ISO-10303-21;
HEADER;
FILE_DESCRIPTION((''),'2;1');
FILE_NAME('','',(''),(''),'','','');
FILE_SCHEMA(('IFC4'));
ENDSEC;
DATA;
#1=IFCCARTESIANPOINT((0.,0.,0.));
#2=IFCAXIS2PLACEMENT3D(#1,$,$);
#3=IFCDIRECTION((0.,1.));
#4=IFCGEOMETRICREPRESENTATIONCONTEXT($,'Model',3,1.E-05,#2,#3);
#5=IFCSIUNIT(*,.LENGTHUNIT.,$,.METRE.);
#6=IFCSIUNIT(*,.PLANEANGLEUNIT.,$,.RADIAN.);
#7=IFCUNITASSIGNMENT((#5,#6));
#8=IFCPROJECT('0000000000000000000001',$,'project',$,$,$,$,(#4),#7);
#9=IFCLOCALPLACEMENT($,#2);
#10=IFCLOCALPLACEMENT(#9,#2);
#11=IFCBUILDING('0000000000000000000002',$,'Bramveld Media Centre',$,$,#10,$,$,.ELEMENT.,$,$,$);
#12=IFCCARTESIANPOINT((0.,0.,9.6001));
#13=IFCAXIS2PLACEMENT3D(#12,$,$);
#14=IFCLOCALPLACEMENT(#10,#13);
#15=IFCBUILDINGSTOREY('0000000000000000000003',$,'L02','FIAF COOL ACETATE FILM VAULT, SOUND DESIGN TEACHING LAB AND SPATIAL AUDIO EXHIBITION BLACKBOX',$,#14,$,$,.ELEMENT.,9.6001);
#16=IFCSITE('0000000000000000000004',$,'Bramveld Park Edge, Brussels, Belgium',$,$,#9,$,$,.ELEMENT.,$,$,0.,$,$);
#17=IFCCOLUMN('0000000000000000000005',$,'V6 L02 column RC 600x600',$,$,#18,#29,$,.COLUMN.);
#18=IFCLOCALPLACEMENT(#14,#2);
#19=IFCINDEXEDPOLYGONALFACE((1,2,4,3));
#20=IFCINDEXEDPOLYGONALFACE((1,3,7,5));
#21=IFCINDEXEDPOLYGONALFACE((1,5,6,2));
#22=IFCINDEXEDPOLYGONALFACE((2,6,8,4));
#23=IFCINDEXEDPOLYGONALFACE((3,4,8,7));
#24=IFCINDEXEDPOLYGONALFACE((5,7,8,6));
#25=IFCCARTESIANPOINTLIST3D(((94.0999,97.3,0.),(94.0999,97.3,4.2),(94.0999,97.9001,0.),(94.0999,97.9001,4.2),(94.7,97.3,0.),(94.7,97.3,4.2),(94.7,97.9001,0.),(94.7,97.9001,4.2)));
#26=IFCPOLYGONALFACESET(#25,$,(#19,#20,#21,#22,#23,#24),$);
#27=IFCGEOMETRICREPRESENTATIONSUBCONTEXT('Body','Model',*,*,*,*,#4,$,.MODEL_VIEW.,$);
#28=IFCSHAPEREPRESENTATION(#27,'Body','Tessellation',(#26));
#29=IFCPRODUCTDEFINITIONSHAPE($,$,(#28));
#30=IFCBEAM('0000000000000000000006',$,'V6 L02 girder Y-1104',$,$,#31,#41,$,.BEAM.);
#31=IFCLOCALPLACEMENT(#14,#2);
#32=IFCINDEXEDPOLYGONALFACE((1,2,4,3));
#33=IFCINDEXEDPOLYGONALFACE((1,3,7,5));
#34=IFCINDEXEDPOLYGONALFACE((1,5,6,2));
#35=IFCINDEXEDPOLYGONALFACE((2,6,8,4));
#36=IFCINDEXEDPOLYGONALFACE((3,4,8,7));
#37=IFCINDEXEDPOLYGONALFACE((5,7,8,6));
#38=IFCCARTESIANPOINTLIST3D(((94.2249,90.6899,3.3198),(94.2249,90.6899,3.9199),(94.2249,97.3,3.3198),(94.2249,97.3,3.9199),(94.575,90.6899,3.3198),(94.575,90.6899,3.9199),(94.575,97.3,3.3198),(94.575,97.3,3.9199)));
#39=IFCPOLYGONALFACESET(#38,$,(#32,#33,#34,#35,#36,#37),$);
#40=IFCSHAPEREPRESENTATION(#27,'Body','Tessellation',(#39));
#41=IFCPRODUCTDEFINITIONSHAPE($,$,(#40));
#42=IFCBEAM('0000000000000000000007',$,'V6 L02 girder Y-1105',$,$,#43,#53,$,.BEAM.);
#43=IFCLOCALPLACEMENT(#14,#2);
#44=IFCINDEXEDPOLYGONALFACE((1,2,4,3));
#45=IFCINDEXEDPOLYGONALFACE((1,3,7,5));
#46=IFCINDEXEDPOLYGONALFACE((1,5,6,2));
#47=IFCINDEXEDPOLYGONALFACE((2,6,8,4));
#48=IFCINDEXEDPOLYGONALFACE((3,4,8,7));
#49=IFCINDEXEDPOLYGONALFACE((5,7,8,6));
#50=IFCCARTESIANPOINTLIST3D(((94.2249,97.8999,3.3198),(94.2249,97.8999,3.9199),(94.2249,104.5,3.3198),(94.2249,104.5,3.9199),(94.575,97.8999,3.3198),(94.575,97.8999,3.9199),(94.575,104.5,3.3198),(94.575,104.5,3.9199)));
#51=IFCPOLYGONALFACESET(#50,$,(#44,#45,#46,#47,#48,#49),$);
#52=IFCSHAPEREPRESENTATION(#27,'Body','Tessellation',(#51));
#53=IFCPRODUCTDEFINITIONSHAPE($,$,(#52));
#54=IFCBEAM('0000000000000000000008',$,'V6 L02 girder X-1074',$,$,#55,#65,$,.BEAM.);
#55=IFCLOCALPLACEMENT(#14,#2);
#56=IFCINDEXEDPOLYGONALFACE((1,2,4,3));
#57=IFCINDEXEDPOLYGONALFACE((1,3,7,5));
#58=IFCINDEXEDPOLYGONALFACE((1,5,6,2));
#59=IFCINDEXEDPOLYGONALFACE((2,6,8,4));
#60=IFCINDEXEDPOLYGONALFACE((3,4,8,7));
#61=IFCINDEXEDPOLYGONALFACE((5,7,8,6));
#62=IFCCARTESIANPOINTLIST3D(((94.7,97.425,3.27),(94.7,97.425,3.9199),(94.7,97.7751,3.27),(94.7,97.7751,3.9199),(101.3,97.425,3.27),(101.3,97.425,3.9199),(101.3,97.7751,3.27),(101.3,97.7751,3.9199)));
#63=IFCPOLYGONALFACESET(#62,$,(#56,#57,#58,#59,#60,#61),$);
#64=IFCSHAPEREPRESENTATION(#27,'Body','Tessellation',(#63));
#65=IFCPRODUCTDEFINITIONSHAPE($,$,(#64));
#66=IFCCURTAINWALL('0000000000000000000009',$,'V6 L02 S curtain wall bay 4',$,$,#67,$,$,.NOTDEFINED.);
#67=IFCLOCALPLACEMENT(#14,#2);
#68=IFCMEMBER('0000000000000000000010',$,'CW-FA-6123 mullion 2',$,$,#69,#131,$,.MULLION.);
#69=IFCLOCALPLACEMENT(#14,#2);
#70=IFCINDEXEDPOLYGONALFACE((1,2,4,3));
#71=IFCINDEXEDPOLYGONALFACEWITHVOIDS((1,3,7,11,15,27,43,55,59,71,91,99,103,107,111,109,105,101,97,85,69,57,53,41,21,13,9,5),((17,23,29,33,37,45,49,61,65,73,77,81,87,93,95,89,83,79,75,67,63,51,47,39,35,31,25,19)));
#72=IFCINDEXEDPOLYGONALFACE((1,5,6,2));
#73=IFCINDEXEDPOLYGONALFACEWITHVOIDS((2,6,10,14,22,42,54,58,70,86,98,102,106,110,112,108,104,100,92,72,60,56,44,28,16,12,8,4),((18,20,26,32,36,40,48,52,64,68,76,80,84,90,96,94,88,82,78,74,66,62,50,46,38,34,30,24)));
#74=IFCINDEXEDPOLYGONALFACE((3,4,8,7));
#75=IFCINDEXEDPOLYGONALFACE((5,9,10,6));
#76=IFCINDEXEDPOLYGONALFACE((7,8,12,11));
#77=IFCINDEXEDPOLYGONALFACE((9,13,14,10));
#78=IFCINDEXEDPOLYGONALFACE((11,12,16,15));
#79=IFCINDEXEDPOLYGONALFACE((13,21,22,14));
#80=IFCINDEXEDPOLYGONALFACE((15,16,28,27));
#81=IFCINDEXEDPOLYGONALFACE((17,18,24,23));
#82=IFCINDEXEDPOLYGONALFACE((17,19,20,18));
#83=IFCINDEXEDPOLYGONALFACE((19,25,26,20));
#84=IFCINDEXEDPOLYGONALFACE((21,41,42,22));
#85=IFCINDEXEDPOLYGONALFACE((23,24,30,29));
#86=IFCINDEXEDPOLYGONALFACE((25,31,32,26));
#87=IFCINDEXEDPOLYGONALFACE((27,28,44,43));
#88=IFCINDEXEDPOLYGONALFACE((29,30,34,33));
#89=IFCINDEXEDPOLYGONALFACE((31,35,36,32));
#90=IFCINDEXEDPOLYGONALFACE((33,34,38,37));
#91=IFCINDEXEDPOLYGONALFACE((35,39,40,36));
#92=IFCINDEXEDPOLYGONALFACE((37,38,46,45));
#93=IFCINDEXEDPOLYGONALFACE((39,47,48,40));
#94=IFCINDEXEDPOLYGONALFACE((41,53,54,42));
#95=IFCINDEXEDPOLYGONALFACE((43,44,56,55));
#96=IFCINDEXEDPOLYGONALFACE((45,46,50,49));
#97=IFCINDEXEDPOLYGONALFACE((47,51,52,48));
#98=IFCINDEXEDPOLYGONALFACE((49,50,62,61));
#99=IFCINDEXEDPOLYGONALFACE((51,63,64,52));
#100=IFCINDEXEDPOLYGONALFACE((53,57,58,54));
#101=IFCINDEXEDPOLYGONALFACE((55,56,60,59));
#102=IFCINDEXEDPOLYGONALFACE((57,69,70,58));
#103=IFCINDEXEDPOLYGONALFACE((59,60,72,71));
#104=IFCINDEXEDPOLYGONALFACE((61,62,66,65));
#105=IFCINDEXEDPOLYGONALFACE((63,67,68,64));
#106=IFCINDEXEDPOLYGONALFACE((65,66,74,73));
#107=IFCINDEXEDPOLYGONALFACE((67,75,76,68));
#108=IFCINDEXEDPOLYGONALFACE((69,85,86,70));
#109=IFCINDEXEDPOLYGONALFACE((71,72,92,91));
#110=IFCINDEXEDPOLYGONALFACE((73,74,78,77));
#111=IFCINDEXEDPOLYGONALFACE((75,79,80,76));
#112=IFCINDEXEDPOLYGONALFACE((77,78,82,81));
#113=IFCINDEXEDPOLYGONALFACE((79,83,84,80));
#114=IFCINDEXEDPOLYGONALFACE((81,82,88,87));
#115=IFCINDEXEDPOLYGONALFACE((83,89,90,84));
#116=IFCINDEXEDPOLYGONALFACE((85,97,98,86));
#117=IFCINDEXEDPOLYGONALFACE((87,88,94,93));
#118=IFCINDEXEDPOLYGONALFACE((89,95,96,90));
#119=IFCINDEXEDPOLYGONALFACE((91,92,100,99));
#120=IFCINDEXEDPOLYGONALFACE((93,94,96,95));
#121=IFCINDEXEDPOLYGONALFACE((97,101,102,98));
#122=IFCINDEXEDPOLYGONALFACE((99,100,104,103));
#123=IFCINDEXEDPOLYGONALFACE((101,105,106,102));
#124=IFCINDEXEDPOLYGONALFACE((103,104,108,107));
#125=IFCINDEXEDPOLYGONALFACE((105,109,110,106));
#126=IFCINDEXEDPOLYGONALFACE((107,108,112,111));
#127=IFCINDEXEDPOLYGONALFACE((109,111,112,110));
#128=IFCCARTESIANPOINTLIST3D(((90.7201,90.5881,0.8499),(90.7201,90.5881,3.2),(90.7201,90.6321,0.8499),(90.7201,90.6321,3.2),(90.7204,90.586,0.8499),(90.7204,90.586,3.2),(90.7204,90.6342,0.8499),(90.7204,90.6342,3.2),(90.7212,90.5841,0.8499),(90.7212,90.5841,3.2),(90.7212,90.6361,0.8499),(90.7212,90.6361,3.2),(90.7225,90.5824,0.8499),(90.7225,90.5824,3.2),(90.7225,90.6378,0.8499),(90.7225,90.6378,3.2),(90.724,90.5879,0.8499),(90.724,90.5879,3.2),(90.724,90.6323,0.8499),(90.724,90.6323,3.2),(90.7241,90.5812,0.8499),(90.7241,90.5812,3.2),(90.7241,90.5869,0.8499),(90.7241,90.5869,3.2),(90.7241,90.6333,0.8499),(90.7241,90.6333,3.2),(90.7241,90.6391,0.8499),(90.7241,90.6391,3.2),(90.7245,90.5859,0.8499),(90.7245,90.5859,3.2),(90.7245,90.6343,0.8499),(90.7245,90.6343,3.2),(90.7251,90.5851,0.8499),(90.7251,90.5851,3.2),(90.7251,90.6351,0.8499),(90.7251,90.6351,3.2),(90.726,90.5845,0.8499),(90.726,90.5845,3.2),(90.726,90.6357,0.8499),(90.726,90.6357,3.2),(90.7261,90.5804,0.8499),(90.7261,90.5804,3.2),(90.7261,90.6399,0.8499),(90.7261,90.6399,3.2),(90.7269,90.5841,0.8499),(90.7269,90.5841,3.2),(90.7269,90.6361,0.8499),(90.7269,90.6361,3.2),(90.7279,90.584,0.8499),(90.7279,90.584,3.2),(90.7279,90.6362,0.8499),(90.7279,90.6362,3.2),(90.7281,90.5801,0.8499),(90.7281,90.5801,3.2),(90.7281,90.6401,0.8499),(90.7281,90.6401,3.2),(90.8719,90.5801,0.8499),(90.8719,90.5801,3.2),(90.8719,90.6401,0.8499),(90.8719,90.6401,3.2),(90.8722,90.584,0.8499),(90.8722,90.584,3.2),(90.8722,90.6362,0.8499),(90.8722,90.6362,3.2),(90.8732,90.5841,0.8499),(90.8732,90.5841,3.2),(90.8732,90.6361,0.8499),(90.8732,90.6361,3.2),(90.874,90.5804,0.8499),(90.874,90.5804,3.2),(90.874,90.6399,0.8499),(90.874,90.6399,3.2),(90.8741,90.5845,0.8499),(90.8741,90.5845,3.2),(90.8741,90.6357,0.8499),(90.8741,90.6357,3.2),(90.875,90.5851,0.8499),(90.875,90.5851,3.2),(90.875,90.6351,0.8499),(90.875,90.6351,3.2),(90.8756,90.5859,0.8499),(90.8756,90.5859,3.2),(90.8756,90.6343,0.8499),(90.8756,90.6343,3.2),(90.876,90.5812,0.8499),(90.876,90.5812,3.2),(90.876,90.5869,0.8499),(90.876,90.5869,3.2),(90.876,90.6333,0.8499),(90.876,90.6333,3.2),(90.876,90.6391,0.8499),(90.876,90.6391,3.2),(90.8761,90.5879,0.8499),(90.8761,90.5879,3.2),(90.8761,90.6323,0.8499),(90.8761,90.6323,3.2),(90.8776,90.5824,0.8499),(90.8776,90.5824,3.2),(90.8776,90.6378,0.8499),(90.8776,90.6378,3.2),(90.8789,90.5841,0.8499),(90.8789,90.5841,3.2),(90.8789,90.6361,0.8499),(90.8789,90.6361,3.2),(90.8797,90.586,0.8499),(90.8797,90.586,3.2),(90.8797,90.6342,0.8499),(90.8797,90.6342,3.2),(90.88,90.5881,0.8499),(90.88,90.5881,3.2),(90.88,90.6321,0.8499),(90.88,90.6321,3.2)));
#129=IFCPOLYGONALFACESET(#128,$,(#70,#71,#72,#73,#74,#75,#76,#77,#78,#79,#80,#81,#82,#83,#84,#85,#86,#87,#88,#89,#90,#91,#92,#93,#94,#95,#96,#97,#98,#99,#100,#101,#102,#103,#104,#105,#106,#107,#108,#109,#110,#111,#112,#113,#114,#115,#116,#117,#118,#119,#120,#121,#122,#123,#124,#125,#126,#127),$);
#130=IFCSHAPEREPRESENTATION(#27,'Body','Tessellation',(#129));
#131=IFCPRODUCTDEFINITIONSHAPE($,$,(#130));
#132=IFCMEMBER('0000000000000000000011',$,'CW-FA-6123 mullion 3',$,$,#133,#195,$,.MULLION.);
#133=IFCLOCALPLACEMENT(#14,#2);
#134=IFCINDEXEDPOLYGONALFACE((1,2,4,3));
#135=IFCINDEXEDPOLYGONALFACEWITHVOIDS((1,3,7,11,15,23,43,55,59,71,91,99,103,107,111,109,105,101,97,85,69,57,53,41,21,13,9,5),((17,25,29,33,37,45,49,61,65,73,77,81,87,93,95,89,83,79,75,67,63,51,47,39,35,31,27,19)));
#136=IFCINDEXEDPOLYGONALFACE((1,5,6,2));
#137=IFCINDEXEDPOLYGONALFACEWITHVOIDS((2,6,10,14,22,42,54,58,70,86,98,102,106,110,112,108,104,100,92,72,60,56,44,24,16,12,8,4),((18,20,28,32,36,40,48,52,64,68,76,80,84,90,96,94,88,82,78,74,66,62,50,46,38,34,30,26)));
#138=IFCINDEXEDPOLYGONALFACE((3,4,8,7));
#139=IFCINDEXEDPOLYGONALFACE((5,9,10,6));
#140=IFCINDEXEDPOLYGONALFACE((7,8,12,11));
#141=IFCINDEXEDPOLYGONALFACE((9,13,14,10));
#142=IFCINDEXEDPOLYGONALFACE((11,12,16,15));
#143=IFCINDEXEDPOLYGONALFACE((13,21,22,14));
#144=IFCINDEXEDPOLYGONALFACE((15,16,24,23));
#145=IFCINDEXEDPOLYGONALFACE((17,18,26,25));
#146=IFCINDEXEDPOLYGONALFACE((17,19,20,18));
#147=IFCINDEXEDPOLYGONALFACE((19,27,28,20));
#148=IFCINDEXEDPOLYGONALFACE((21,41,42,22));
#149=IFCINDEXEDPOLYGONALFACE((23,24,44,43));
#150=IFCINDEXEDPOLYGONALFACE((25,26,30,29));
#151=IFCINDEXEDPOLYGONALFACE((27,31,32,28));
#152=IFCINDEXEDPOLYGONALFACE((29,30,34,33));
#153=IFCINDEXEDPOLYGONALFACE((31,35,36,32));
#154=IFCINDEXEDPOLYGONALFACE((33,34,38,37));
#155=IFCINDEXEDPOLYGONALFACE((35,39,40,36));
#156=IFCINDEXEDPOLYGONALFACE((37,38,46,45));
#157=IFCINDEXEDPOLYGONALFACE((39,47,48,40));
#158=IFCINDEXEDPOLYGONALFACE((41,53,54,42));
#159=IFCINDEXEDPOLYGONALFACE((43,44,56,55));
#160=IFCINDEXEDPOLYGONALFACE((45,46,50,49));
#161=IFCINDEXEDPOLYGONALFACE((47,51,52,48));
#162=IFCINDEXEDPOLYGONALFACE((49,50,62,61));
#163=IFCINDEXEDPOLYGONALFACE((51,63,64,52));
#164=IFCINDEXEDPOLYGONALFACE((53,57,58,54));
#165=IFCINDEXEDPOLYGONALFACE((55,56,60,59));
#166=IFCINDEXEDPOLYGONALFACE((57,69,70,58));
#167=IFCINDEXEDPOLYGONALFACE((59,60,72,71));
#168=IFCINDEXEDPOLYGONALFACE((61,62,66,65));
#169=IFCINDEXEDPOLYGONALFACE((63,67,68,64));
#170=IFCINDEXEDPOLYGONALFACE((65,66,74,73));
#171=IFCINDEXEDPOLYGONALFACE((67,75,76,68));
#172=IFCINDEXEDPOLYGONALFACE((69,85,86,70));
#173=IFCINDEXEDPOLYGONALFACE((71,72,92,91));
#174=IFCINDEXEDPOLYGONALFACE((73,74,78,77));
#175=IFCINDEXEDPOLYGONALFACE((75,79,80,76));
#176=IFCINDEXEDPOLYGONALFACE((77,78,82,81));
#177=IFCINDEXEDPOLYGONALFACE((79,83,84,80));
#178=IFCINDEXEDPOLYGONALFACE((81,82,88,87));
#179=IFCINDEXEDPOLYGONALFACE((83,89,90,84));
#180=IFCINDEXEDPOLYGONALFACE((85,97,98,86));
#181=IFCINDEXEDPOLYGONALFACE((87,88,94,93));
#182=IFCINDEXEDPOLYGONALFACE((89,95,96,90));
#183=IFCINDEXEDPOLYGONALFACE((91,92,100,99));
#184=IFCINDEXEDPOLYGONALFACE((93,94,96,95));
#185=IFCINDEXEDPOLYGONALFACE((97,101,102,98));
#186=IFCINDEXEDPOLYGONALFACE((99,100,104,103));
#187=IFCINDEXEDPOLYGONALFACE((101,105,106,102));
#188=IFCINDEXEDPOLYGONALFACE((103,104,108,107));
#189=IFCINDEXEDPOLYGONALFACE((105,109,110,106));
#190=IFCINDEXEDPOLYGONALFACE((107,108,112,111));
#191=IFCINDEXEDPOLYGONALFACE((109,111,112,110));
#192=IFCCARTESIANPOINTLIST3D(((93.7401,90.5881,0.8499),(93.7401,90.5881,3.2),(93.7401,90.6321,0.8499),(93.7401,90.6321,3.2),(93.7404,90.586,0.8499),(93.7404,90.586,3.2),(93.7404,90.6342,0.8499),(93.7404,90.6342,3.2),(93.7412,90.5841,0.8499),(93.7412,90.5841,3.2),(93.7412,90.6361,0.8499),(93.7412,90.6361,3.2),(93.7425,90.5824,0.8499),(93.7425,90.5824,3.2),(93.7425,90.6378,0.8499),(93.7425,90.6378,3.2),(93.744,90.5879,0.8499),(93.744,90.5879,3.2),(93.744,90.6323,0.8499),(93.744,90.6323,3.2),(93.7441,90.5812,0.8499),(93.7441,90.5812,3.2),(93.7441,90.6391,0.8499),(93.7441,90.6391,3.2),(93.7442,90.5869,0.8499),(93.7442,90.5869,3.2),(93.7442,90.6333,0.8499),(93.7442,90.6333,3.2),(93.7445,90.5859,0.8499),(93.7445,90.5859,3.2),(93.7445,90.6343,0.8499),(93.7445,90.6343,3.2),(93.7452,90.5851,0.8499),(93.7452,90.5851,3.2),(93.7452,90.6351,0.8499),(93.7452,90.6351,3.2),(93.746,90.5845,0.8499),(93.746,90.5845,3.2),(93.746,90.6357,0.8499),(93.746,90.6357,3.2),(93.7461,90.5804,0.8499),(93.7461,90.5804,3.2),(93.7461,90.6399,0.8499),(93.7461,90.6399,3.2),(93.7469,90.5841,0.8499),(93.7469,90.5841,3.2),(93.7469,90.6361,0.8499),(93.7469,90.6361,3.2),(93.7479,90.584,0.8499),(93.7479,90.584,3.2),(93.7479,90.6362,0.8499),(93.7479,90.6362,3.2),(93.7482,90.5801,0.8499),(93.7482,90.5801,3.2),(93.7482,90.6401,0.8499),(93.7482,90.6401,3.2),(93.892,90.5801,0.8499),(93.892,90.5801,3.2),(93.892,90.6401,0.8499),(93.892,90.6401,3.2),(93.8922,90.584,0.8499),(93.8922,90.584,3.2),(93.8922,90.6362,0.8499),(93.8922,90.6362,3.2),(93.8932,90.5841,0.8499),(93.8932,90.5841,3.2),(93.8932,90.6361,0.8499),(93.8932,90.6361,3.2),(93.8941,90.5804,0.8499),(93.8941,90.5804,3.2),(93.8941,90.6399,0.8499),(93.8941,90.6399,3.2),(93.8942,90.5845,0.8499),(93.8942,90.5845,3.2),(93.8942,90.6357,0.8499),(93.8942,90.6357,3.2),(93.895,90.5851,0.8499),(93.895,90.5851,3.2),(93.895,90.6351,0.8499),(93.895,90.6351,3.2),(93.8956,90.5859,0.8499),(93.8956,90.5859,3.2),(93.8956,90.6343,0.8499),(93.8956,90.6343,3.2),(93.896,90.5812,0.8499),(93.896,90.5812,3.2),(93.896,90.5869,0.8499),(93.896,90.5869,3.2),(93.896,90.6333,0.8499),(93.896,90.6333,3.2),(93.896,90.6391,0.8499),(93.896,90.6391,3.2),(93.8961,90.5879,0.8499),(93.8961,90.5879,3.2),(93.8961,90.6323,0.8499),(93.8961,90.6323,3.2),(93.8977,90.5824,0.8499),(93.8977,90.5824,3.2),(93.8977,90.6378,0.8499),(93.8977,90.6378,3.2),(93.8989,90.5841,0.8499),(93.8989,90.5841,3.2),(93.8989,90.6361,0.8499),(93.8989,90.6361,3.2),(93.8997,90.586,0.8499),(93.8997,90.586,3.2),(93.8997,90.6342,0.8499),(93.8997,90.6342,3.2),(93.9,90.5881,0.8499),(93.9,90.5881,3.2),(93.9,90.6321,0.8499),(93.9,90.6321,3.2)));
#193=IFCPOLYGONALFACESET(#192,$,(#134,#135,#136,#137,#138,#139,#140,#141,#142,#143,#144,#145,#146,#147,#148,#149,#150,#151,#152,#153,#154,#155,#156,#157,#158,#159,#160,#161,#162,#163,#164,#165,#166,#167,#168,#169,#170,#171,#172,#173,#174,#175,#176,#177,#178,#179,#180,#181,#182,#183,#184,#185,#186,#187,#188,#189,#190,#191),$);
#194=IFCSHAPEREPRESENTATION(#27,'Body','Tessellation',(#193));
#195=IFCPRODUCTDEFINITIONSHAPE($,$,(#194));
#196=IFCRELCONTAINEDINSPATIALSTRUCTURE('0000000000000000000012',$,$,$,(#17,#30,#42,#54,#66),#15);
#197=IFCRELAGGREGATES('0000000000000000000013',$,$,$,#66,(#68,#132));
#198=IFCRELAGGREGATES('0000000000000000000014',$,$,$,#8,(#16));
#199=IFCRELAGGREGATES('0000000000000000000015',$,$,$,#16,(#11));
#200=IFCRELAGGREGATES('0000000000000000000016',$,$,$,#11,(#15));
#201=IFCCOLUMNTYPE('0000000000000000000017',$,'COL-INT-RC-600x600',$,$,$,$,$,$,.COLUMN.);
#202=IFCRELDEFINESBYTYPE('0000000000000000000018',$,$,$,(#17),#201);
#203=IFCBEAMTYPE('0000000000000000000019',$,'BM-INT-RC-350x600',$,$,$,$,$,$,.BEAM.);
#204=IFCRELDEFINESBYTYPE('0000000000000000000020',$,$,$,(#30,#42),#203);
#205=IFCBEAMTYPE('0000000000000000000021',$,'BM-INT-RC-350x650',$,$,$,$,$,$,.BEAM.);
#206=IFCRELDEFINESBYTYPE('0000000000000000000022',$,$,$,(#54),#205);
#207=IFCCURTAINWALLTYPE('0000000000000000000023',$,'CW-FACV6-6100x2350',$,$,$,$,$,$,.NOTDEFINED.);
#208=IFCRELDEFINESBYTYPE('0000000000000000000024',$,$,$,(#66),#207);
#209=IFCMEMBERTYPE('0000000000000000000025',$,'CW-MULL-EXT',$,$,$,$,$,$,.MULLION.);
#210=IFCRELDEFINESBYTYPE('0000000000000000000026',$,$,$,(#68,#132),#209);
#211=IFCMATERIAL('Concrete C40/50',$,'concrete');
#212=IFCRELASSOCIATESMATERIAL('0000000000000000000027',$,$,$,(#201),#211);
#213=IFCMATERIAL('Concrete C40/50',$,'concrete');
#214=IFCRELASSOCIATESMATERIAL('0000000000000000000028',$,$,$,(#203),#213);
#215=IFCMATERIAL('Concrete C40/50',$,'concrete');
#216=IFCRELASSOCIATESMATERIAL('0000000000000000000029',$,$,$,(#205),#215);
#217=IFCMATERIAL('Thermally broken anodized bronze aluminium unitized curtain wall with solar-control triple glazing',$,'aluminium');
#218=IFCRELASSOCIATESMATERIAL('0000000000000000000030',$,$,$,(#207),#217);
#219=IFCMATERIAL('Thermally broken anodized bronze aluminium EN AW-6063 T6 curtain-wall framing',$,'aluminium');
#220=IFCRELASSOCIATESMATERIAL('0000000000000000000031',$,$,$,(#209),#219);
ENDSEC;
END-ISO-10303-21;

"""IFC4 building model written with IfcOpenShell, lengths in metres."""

from ifc_helpers import new_model, si_unit, direction, frame, origin, origin_2d, place, context, subcontext, project, spatial, rectangle, hollow_rectangle, extrude, material, material_profile, profile_set, type_object, element, aggregate, save


model = new_model("IFC4")

# Units and contexts
model_context = context("Model", 3, precision=1e-05, world=origin(), true_north=direction((0.0, 1.0)))
body_context = subcontext(model_context, "Body", "Model", "MODEL_VIEW")
ifc_project = project(units=[si_unit("LENGTHUNIT", "METRE"), si_unit("PLANEANGLEUNIT", "RADIAN")], contexts=[model_context])

# Site, building, storey
site_placement = place(None, origin())
site = spatial("IfcSite", under=ifc_project, at=site_placement, Name="Bramveld Park Edge, Brussels, Belgium", CompositionType="ELEMENT", RefElevation=0.0)
building_placement = place(site_placement, origin())
building = spatial("IfcBuilding", under=site, at=building_placement, Name="Bramveld Media Centre", CompositionType="ELEMENT")
storey_placement = place(building_placement, frame((0.0, 0.0, 9.6001)))
storey = spatial("IfcBuildingStorey", under=building, at=storey_placement, Name="L02", Description="FIAF COOL ACETATE FILM VAULT, SOUND DESIGN TEACHING LAB AND SPATIAL AUDIO EXHIBITION BLACKBOX", CompositionType="ELEMENT", Elevation=9.6001)

# Column
ifc_material_1 = material(Name="Concrete C40/50", Category="concrete")
ifc_material_profile_1 = material_profile(ifc_material_1, rectangle(XDim=0.6001, YDim=0.6001, at=origin_2d()), Name="RC 600x600")
ifc_profile_set_1 = profile_set([ifc_material_profile_1], Name="Concrete C40/50")
column_type = type_object("IfcColumnType", Name="COL-INT-RC-600x600", PredefinedType="COLUMN", material=ifc_profile_set_1)
column_placement = place(storey_placement, frame((94.3999, 97.6001, 0.0), z_axis=(0.0, 0.0, 1.0), x_axis=(1.0, 0.0, 0.0)))
element("IfcColumn", 1, at=column_placement, inside=storey, type_object=column_type, Name="V6 L02 column RC 600x600", PredefinedType="COLUMN", context=body_context, shape_type="SweptSolid", body=[
    extrude(rectangle(XDim=0.6001, YDim=0.6001, at=origin_2d()), origin(), (0.0, 0.0, 1.0), 4.2),
])

# Beams
ifc_material_2 = material(Name="Concrete C40/50", Category="concrete")
ifc_material_profile_2 = material_profile(ifc_material_2, rectangle(XDim=0.3501, YDim=0.6001, at=origin_2d()), Name="RC 350x600")
ifc_profile_set_2 = profile_set([ifc_material_profile_2], Name="Concrete C40/50")
beam_type_1 = type_object("IfcBeamType", Name="BM-INT-RC-350x600", PredefinedType="BEAM", material=ifc_profile_set_2)
beam_1_placement = place(storey_placement, frame((94.3999, 90.6899, 3.6199), z_axis=(0.0, 1.0, 0.0), x_axis=(-1.0, 0.0, 0.0)))
element("IfcBeam", 2, at=beam_1_placement, inside=storey, type_object=beam_type_1, Name="V6 L02 girder Y-1104", PredefinedType="BEAM", context=body_context, shape_type="SweptSolid", body=[
    extrude(rectangle(XDim=0.3501, YDim=0.6001, at=origin_2d()), origin(), (0.0, 0.0, 1.0), 6.6101),
])
beam_2_placement = place(storey_placement, frame((94.3999, 97.8999, 3.6199), z_axis=(0.0, 1.0, 0.0), x_axis=(-1.0, 0.0, 0.0)))
element("IfcBeam", 3, at=beam_2_placement, inside=storey, type_object=beam_type_1, Name="V6 L02 girder Y-1105", PredefinedType="BEAM", context=body_context, shape_type="SweptSolid", body=[
    extrude(rectangle(XDim=0.3501, YDim=0.6001, at=origin_2d()), origin(), (0.0, 0.0, 1.0), 6.6001),
])
ifc_material_3 = material(Name="Concrete C40/50", Category="concrete")
ifc_material_profile_3 = material_profile(ifc_material_3, rectangle(XDim=0.3501, YDim=0.6499, at=origin_2d()), Name="RC 350x650")
ifc_profile_set_3 = profile_set([ifc_material_profile_3], Name="Concrete C40/50")
beam_type_2 = type_object("IfcBeamType", Name="BM-INT-RC-350x650", PredefinedType="BEAM", material=ifc_profile_set_3)
beam_3_placement = place(storey_placement, frame((94.7, 97.6001, 3.595), z_axis=(1.0, 0.0, 0.0), x_axis=(0.0, 1.0, 0.0)))
element("IfcBeam", 4, at=beam_3_placement, inside=storey, type_object=beam_type_2, Name="V6 L02 girder X-1074", PredefinedType="BEAM", context=body_context, shape_type="SweptSolid", body=[
    extrude(rectangle(XDim=0.3501, YDim=0.6499, at=origin_2d()), origin(), (0.0, 0.0, 1.0), 6.6001),
])

# Curtain wall, members
ifc_material_4 = material(Name="Thermally broken anodized bronze aluminium unitized curtain wall with solar-control triple glazing", Category="aluminium")
curtain_wall_type_1 = type_object("IfcCurtainWallType", Name="CW-FACV6-6100x2350", PredefinedType="NOTDEFINED", material=ifc_material_4)
curtain_wall_1_placement = place(storey_placement, origin())
curtain_wall_1 = element("IfcCurtainWall", 5, at=curtain_wall_1_placement, inside=storey, type_object=curtain_wall_type_1, Name="V6 L02 S curtain wall bay 4", PredefinedType="NOTDEFINED")
ifc_material_5 = material(Name="Thermally broken anodized bronze aluminium EN AW-6063 T6 curtain-wall framing", Category="aluminium")
ifc_material_profile_4 = material_profile(ifc_material_5, hollow_rectangle(XDim=0.0601, YDim=0.1599, WallThickness=0.0039, InnerFilletRadius=0.0039, OuterFilletRadius=0.0081, at=origin_2d()), Name="AL-MULL 60x160")
ifc_profile_set_4 = profile_set([ifc_material_profile_4], Name="Thermally broken anodized bronze aluminium EN AW-6063 T6 curtain-wall framing")
member_type_1 = type_object("IfcMemberType", Name="CW-MULL-EXT", PredefinedType="MULLION", material=ifc_profile_set_4)
member_1_placement = place(storey_placement, frame((90.8, 90.6101, 0.8499), z_axis=(0.0, 0.0, 1.0), x_axis=(0.0, 1.0, 0.0)))
member_1 = element("IfcMember", 6, at=member_1_placement, type_object=member_type_1, Name="CW-FA-6123 mullion 2", PredefinedType="MULLION", context=body_context, shape_type="SweptSolid", body=[
    extrude(hollow_rectangle(XDim=0.0601, YDim=0.1599, WallThickness=0.0039, InnerFilletRadius=0.0039, OuterFilletRadius=0.0081, at=origin_2d()), origin(), (0.0, 0.0, 1.0), 2.3501),
])
member_2_placement = place(storey_placement, frame((93.8201, 90.6101, 0.8499), z_axis=(0.0, 0.0, 1.0), x_axis=(0.0, 1.0, 0.0)))
member_2 = element("IfcMember", 7, at=member_2_placement, type_object=member_type_1, Name="CW-FA-6123 mullion 3", PredefinedType="MULLION", context=body_context, shape_type="SweptSolid", body=[
    extrude(hollow_rectangle(XDim=0.0601, YDim=0.1599, WallThickness=0.0039, InnerFilletRadius=0.0039, OuterFilletRadius=0.0081, at=origin_2d()), origin(), (0.0, 0.0, 1.0), 2.3501),
])

aggregate(curtain_wall_1, [member_1, member_2])

save(model, "model.ifc")
